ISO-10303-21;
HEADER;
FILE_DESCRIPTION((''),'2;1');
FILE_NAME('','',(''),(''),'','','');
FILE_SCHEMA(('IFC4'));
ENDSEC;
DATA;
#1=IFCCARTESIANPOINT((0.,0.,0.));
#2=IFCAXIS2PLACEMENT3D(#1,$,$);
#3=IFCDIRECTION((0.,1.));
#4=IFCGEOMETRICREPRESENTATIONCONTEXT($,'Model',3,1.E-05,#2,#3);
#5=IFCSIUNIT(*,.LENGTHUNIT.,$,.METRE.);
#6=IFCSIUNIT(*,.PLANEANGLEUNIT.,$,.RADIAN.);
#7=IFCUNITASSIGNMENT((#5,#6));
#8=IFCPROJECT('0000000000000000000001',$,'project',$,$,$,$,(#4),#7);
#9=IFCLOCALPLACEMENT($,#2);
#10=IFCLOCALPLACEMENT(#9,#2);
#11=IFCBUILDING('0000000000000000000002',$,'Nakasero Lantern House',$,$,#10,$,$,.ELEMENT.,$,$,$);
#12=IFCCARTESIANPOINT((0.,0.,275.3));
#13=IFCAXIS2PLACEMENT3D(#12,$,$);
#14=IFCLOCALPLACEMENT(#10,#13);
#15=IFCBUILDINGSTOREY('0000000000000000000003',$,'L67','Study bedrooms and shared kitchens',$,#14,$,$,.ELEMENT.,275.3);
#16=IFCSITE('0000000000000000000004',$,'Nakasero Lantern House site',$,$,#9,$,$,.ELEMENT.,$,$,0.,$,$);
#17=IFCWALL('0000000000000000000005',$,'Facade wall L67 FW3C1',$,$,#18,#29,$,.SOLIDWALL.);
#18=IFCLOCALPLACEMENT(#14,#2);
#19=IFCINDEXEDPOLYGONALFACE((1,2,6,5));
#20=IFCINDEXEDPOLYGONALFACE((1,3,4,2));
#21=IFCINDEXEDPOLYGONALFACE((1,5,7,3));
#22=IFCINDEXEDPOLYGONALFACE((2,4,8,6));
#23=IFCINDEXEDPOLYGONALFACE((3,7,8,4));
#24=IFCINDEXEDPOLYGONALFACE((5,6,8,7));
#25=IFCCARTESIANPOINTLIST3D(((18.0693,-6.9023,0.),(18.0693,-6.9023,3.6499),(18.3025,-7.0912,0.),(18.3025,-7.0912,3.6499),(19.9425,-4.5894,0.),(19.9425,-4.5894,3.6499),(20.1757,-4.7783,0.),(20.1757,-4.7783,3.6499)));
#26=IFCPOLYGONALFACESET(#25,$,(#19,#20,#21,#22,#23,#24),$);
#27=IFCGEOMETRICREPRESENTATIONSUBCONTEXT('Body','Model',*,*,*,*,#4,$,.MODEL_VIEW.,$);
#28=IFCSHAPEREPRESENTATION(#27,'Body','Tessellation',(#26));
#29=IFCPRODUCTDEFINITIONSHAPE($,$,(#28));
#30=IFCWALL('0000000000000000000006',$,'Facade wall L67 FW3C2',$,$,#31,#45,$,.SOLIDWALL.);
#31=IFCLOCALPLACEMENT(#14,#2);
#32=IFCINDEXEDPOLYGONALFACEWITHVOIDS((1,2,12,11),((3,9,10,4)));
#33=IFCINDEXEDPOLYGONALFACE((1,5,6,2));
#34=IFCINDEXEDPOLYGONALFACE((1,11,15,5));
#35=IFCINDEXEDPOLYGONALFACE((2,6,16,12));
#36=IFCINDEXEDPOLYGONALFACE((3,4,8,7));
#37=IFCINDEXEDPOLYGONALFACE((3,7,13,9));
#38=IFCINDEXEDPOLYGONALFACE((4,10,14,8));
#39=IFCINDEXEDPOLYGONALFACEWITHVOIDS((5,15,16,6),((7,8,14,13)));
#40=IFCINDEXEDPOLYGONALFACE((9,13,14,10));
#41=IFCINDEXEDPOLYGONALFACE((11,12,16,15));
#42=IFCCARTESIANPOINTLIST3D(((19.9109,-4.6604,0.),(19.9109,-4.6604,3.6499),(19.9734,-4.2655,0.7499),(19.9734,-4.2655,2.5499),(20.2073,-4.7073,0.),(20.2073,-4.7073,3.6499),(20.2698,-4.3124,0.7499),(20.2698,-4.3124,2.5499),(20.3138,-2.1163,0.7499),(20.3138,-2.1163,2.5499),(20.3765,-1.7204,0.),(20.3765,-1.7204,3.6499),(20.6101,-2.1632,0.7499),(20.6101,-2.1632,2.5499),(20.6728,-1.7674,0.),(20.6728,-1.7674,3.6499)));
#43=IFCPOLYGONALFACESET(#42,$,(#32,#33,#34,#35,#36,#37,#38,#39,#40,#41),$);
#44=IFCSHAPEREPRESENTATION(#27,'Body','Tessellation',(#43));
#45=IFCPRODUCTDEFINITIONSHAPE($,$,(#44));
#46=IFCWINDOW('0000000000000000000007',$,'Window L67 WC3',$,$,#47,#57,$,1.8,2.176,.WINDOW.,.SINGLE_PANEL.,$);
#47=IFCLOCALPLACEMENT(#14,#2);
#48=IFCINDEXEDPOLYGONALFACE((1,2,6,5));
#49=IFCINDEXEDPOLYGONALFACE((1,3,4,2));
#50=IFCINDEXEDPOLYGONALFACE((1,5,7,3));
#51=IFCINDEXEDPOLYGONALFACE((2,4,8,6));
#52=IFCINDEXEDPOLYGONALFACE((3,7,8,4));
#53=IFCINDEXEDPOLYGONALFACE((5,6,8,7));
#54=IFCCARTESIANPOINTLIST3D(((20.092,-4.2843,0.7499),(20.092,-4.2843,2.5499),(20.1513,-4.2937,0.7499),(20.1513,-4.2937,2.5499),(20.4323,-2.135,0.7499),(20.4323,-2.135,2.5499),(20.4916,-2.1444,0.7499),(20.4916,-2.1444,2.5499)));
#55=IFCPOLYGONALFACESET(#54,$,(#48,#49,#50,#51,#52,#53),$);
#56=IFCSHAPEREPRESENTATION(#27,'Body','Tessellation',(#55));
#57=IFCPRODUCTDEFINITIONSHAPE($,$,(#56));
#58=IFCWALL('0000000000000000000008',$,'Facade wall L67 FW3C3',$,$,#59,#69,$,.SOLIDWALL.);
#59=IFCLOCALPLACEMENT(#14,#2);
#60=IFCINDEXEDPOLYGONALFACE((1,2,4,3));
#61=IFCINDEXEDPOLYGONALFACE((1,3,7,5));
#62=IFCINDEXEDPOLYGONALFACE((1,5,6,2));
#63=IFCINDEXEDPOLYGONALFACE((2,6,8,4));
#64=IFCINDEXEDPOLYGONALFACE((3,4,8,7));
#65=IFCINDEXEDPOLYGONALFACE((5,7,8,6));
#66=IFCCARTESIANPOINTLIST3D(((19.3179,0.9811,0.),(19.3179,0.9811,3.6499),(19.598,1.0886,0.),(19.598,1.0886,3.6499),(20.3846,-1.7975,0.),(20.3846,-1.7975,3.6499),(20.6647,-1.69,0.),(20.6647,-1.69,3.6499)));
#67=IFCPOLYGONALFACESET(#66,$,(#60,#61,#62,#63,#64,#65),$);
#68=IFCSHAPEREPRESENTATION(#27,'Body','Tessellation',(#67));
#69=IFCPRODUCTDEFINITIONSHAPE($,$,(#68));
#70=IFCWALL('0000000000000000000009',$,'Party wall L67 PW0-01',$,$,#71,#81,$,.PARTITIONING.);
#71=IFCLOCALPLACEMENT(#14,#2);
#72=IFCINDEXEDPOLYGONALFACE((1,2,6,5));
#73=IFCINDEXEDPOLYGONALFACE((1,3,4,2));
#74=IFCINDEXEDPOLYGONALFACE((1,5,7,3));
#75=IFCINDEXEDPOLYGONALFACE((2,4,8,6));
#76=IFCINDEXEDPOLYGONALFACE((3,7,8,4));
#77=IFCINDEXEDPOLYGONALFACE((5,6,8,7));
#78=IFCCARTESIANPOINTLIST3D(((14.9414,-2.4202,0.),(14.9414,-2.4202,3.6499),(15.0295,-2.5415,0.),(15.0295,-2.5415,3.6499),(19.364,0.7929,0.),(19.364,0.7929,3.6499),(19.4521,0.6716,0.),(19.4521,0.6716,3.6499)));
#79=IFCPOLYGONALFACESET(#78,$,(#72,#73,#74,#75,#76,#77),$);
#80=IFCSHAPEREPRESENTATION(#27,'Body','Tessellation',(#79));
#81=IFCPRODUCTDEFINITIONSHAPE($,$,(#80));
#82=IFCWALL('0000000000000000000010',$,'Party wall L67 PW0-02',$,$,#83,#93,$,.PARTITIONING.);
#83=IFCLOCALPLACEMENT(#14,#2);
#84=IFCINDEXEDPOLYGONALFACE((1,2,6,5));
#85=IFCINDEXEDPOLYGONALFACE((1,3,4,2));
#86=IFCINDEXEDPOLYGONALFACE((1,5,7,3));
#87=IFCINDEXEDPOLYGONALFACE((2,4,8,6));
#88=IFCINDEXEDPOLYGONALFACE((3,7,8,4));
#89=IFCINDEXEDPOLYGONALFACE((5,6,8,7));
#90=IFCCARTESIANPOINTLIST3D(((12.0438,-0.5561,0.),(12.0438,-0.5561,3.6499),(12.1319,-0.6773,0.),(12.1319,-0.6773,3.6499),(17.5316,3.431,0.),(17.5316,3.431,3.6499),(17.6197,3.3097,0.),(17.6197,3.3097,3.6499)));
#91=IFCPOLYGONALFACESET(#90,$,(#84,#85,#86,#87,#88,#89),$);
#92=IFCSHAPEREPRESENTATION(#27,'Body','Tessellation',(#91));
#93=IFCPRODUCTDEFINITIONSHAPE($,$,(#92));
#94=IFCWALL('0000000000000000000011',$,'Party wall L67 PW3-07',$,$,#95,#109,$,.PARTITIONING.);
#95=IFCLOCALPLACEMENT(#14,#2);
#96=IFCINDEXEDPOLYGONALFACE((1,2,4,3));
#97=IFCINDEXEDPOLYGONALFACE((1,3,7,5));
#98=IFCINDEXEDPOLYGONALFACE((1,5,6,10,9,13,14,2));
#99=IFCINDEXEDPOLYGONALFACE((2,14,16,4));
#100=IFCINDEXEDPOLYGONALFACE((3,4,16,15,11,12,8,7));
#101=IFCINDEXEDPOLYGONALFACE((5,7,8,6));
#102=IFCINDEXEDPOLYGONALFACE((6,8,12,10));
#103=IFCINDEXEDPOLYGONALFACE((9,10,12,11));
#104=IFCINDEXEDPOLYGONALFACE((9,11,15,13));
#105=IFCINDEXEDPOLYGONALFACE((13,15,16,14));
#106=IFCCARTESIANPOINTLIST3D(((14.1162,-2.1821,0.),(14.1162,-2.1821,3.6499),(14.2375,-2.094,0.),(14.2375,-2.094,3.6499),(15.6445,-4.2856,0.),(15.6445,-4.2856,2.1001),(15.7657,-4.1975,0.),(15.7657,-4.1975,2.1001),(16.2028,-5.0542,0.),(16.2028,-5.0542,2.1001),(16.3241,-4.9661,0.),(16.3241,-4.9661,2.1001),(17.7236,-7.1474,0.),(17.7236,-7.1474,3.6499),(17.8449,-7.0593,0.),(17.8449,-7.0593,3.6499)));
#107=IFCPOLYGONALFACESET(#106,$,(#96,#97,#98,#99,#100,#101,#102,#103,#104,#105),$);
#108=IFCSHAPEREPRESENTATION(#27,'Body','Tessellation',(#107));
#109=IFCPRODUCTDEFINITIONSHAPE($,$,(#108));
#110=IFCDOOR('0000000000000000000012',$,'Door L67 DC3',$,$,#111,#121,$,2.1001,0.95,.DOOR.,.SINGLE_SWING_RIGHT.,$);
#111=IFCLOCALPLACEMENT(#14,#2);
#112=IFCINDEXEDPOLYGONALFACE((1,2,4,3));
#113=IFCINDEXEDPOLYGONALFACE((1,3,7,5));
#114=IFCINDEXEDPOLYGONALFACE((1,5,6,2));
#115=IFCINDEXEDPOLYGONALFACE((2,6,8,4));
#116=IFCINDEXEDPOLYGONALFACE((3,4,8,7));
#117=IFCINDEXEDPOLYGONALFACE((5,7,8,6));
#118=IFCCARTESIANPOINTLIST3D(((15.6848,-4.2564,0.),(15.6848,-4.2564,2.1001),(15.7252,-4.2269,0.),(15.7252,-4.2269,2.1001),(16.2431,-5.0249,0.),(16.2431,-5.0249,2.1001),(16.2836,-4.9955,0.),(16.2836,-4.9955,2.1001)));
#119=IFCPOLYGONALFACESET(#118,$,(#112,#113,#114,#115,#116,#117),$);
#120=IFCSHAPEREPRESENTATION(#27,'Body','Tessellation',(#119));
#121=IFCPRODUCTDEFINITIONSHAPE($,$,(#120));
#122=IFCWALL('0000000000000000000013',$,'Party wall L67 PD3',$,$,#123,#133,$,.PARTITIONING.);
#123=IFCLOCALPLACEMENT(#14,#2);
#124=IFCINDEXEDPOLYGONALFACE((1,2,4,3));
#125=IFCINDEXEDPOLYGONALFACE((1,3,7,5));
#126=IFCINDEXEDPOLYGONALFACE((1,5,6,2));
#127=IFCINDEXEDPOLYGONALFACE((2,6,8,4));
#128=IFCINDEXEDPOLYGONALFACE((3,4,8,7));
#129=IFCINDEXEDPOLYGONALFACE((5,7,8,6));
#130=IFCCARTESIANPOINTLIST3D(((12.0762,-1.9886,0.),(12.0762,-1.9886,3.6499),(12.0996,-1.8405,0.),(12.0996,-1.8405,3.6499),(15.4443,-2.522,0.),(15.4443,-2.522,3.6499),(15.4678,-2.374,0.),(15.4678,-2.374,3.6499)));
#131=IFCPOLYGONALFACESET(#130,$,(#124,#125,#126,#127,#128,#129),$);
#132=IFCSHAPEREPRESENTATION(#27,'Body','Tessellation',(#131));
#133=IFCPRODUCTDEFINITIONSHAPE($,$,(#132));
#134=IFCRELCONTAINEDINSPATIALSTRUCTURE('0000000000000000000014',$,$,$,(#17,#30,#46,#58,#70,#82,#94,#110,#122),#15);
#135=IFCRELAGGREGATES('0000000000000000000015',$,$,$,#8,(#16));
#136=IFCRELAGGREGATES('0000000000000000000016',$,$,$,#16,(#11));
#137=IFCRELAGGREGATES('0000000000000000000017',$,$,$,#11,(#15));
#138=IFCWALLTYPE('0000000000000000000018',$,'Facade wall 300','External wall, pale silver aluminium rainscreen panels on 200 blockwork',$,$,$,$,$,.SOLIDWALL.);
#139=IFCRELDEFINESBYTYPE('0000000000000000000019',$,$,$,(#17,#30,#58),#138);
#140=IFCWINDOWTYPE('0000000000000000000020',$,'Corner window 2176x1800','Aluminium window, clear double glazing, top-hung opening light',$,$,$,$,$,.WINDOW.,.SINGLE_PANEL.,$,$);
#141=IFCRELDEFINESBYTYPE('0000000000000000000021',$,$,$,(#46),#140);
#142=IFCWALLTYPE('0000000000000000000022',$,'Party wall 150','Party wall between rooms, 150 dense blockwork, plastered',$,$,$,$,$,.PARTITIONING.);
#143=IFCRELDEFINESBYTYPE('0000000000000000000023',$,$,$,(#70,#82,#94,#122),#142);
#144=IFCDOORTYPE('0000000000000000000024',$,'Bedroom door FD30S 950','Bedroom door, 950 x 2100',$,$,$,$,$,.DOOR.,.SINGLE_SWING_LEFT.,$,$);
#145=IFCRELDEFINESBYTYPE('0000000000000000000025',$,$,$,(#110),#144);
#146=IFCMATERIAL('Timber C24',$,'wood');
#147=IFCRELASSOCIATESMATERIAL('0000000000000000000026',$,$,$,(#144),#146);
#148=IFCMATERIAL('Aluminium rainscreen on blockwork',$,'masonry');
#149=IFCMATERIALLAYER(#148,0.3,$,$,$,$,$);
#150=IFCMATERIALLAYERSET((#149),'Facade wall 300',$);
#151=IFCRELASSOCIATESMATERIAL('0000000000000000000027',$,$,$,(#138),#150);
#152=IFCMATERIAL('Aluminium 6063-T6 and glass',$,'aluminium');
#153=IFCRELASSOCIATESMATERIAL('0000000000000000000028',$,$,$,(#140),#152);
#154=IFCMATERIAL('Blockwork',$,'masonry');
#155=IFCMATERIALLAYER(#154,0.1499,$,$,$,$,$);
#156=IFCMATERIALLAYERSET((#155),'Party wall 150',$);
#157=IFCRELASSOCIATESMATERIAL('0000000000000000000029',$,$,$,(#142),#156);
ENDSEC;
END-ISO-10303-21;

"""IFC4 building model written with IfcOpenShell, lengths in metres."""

from ifc_helpers import new_model, si_unit, direction, frame, frame_2d, origin, place, context, subcontext, project, spatial, rectangle, extrude, material, layer, layer_set, type_object, element, fill, save


model = new_model("IFC4")

# Units and contexts
model_context = context("Model", 3, precision=1e-05, world=origin(), true_north=direction((0.0, 1.0)))
body_context = subcontext(model_context, "Body", "Model", "MODEL_VIEW")
ifc_project = project(units=[si_unit("LENGTHUNIT", "METRE"), si_unit("PLANEANGLEUNIT", "RADIAN")], contexts=[model_context])

# Site, building, storey
site_placement = place(None, origin())
site = spatial("IfcSite", under=ifc_project, at=site_placement, Name="Nakasero Lantern House site", CompositionType="ELEMENT", RefElevation=0.0)
building_placement = place(site_placement, origin())
building = spatial("IfcBuilding", under=site, at=building_placement, Name="Nakasero Lantern House", CompositionType="ELEMENT")
storey_placement = place(building_placement, frame((0.0, 0.0, 275.3)))
storey = spatial("IfcBuildingStorey", under=building, at=storey_placement, Name="L67", Description="Study bedrooms and shared kitchens", CompositionType="ELEMENT", Elevation=275.3)

# Shared definitions
ifc_material_1 = material(Name="Timber C24", Category="wood")
door_type_1 = type_object("IfcDoorType", Name="Bedroom door FD30S 950", Description="Bedroom door, 950 x 2100", OperationType="SINGLE_SWING_LEFT", PredefinedType="DOOR", material=ifc_material_1)

# Wall
ifc_material_2 = material(Name="Aluminium rainscreen on blockwork", Category="masonry")
ifc_layer_1 = layer(ifc_material_2, 0.3)
ifc_layer_set_1 = layer_set([ifc_layer_1], Name="Facade wall 300")
wall_type_1 = type_object("IfcWallType", Name="Facade wall 300", Description="External wall, pale silver aluminium rainscreen panels on 200 blockwork", PredefinedType="SOLIDWALL", material=ifc_layer_set_1)
wall_1_placement = place(storey_placement, frame((18.1858, -6.9968, 0.0), z_axis=(0.0, 0.0, 1.0), x_axis=(0.629375, 0.777102, 0.0)))
element("IfcWall", 1, at=wall_1_placement, inside=storey, type_object=wall_type_1, Name="Facade wall L67 FW3C1", PredefinedType="SOLIDWALL", context=body_context, shape_type="SweptSolid", body=[
    extrude(rectangle(XDim=2.9763, YDim=0.3, at=frame_2d((1.4883, 0.0))), origin(), (0.0, 0.0, 1.0), 3.6499),
])

# Wall, opening, window
wall_2_placement = place(storey_placement, frame((20.0591, -4.6838, 0.0), z_axis=(0.0, 0.0, 1.0), x_axis=(0.156413, 0.987692, 0.0)))
wall_2 = element("IfcWall", 2, at=wall_2_placement, inside=storey, type_object=wall_type_1, Name="Facade wall L67 FW3C2", PredefinedType="SOLIDWALL", context=body_context, shape_type="SweptSolid", body=[
    extrude(rectangle(XDim=2.9766, YDim=0.3, at=frame_2d((1.4883, 0.0))), origin(), (0.0, 0.0, 1.0), 3.6499),
])
opening_1_placement = place(wall_2_placement, frame((0.3999, 0.0, 0.75)))
opening_1 = element("IfcOpeningElement", 3, at=opening_1_placement, cuts=wall_2, PredefinedType="OPENING", context=body_context, shape_type="SweptSolid", body=[
    extrude(rectangle(XDim=2.176, YDim=1.8, at=frame_2d((1.0879, 0.8999))), frame((0.0, 0.1699, 0.0), z_axis=(0.0, -1.0, 0.0), x_axis=(1.0, 0.0, 0.0)), (0.0, 0.0, 1.0), 0.3401),
])
ifc_material_3 = material(Name="Aluminium 6063-T6 and glass", Category="aluminium")
window_type = type_object("IfcWindowType", Name="Corner window 2176x1800", Description="Aluminium window, clear double glazing, top-hung opening light", PartitioningType="SINGLE_PANEL", PredefinedType="WINDOW", material=ifc_material_3)
window_placement = place(opening_1_placement, origin())
window = element("IfcWindow", 4, at=window_placement, inside=storey, type_object=window_type, Name="Window L67 WC3", OverallHeight=1.8, OverallWidth=2.176, PartitioningType="SINGLE_PANEL", PredefinedType="WINDOW", context=body_context, shape_type="SweptSolid", body=[
    extrude(rectangle(XDim=2.176, YDim=1.8, at=frame_2d((1.0879, 0.8999))), frame((0.0, 0.03, 0.0), z_axis=(0.0, -1.0, 0.0), x_axis=(1.0, 0.0, 0.0)), (0.0, 0.0, 1.0), 0.0601),
])
fill(opening_1, window)

# Walls
wall_3_placement = place(storey_placement, frame((20.5247, -1.7439, 0.0), z_axis=(0.0, 0.0, 1.0), x_axis=(-0.358385, 0.933574, 0.0)))
element("IfcWall", 5, at=wall_3_placement, inside=storey, type_object=wall_type_1, Name="Facade wall L67 FW3C3", PredefinedType="SOLIDWALL", context=body_context, shape_type="SweptSolid", body=[
    extrude(rectangle(XDim=2.9763, YDim=0.3, at=frame_2d((1.4883, 0.0))), origin(), (0.0, 0.0, 1.0), 3.6499),
])
ifc_material_4 = material(Name="Blockwork", Category="masonry")
ifc_layer_2 = layer(ifc_material_4, 0.1499)
ifc_layer_set_2 = layer_set([ifc_layer_2], Name="Party wall 150")
wall_type_2 = type_object("IfcWallType", Name="Party wall 150", Description="Party wall between rooms, 150 dense blockwork, plastered", PredefinedType="PARTITIONING", material=ifc_layer_set_2)
wall_4_placement = place(storey_placement, frame((14.9854, -2.481, 0.0), z_axis=(0.0, 0.0, 1.0), x_axis=(0.809024, 0.587776, 0.0)))
element("IfcWall", 6, at=wall_4_placement, inside=storey, type_object=wall_type_2, Name="Party wall L67 PW0-01", PredefinedType="PARTITIONING", context=body_context, shape_type="SweptSolid", body=[
    extrude(rectangle(XDim=5.4666, YDim=0.1499, at=frame_2d((2.7334, 0.0))), origin(), (0.0, 0.0, 1.0), 3.6499),
])
wall_5_placement = place(storey_placement, frame((12.0879, -0.6167, 0.0), z_axis=(0.0, 0.0, 1.0), x_axis=(0.809021, 0.58778, 0.0)))
element("IfcWall", 7, at=wall_5_placement, inside=storey, type_object=wall_type_2, Name="Party wall L67 PW0-02", PredefinedType="PARTITIONING", context=body_context, shape_type="SweptSolid", body=[
    extrude(rectangle(XDim=6.7832, YDim=0.1499, at=frame_2d((3.3916, 0.0))), origin(), (0.0, 0.0, 1.0), 3.6499),
])

# Wall, opening, door
wall_6_placement = place(storey_placement, frame((14.1768, -2.1379, 0.0), z_axis=(0.0, 0.0, 1.0), x_axis=(0.587774, -0.809025, 0.0)))
wall_6 = element("IfcWall", 8, at=wall_6_placement, inside=storey, type_object=wall_type_2, Name="Party wall L67 PW3-07", PredefinedType="PARTITIONING", context=body_context, shape_type="SweptSolid", body=[
    extrude(rectangle(XDim=6.1375, YDim=0.1499, at=frame_2d((3.0688, 0.0))), origin(), (0.0, 0.0, 1.0), 3.6499),
])
opening_2_placement = place(wall_6_placement, frame((2.6001, 0.0, 0.0)))
opening_2 = element("IfcOpeningElement", 9, at=opening_2_placement, cuts=wall_6, PredefinedType="OPENING", context=body_context, shape_type="SweptSolid", body=[
    extrude(rectangle(XDim=0.95, YDim=2.1001, at=frame_2d((0.4751, 1.05))), frame((0.0, 0.095, 0.0), z_axis=(0.0, -1.0, 0.0), x_axis=(1.0, 0.0, 0.0)), (0.0, 0.0, 1.0), 0.1899),
])
door_1_placement = place(opening_2_placement, origin())
door_1 = element("IfcDoor", 10, at=door_1_placement, inside=storey, type_object=door_type_1, Name="Door L67 DC3", OperationType="SINGLE_SWING_RIGHT", OverallHeight=2.1001, OverallWidth=0.95, PredefinedType="DOOR", context=body_context, shape_type="SweptSolid", body=[
    extrude(rectangle(XDim=0.95, YDim=2.1001, at=frame_2d((0.4751, 1.05))), frame((0.0, 0.0249, 0.0), z_axis=(0.0, -1.0, 0.0), x_axis=(1.0, 0.0, 0.0)), (0.0, 0.0, 1.0), 0.05),
])
fill(opening_2, door_1)

# Wall
wall_7_placement = place(storey_placement, frame((12.0879, -1.9146, 0.0), z_axis=(0.0, 0.0, 1.0), x_axis=(0.987689, -0.156429, 0.0)))
element("IfcWall", 11, at=wall_7_placement, inside=storey, type_object=wall_type_2, Name="Party wall L67 PD3", PredefinedType="PARTITIONING", context=body_context, shape_type="SweptSolid", body=[
    extrude(rectangle(XDim=3.4102, YDim=0.1499, at=frame_2d((1.7051, 0.0))), origin(), (0.0, 0.0, 1.0), 3.6499),
])

save(model, "model.ifc")
